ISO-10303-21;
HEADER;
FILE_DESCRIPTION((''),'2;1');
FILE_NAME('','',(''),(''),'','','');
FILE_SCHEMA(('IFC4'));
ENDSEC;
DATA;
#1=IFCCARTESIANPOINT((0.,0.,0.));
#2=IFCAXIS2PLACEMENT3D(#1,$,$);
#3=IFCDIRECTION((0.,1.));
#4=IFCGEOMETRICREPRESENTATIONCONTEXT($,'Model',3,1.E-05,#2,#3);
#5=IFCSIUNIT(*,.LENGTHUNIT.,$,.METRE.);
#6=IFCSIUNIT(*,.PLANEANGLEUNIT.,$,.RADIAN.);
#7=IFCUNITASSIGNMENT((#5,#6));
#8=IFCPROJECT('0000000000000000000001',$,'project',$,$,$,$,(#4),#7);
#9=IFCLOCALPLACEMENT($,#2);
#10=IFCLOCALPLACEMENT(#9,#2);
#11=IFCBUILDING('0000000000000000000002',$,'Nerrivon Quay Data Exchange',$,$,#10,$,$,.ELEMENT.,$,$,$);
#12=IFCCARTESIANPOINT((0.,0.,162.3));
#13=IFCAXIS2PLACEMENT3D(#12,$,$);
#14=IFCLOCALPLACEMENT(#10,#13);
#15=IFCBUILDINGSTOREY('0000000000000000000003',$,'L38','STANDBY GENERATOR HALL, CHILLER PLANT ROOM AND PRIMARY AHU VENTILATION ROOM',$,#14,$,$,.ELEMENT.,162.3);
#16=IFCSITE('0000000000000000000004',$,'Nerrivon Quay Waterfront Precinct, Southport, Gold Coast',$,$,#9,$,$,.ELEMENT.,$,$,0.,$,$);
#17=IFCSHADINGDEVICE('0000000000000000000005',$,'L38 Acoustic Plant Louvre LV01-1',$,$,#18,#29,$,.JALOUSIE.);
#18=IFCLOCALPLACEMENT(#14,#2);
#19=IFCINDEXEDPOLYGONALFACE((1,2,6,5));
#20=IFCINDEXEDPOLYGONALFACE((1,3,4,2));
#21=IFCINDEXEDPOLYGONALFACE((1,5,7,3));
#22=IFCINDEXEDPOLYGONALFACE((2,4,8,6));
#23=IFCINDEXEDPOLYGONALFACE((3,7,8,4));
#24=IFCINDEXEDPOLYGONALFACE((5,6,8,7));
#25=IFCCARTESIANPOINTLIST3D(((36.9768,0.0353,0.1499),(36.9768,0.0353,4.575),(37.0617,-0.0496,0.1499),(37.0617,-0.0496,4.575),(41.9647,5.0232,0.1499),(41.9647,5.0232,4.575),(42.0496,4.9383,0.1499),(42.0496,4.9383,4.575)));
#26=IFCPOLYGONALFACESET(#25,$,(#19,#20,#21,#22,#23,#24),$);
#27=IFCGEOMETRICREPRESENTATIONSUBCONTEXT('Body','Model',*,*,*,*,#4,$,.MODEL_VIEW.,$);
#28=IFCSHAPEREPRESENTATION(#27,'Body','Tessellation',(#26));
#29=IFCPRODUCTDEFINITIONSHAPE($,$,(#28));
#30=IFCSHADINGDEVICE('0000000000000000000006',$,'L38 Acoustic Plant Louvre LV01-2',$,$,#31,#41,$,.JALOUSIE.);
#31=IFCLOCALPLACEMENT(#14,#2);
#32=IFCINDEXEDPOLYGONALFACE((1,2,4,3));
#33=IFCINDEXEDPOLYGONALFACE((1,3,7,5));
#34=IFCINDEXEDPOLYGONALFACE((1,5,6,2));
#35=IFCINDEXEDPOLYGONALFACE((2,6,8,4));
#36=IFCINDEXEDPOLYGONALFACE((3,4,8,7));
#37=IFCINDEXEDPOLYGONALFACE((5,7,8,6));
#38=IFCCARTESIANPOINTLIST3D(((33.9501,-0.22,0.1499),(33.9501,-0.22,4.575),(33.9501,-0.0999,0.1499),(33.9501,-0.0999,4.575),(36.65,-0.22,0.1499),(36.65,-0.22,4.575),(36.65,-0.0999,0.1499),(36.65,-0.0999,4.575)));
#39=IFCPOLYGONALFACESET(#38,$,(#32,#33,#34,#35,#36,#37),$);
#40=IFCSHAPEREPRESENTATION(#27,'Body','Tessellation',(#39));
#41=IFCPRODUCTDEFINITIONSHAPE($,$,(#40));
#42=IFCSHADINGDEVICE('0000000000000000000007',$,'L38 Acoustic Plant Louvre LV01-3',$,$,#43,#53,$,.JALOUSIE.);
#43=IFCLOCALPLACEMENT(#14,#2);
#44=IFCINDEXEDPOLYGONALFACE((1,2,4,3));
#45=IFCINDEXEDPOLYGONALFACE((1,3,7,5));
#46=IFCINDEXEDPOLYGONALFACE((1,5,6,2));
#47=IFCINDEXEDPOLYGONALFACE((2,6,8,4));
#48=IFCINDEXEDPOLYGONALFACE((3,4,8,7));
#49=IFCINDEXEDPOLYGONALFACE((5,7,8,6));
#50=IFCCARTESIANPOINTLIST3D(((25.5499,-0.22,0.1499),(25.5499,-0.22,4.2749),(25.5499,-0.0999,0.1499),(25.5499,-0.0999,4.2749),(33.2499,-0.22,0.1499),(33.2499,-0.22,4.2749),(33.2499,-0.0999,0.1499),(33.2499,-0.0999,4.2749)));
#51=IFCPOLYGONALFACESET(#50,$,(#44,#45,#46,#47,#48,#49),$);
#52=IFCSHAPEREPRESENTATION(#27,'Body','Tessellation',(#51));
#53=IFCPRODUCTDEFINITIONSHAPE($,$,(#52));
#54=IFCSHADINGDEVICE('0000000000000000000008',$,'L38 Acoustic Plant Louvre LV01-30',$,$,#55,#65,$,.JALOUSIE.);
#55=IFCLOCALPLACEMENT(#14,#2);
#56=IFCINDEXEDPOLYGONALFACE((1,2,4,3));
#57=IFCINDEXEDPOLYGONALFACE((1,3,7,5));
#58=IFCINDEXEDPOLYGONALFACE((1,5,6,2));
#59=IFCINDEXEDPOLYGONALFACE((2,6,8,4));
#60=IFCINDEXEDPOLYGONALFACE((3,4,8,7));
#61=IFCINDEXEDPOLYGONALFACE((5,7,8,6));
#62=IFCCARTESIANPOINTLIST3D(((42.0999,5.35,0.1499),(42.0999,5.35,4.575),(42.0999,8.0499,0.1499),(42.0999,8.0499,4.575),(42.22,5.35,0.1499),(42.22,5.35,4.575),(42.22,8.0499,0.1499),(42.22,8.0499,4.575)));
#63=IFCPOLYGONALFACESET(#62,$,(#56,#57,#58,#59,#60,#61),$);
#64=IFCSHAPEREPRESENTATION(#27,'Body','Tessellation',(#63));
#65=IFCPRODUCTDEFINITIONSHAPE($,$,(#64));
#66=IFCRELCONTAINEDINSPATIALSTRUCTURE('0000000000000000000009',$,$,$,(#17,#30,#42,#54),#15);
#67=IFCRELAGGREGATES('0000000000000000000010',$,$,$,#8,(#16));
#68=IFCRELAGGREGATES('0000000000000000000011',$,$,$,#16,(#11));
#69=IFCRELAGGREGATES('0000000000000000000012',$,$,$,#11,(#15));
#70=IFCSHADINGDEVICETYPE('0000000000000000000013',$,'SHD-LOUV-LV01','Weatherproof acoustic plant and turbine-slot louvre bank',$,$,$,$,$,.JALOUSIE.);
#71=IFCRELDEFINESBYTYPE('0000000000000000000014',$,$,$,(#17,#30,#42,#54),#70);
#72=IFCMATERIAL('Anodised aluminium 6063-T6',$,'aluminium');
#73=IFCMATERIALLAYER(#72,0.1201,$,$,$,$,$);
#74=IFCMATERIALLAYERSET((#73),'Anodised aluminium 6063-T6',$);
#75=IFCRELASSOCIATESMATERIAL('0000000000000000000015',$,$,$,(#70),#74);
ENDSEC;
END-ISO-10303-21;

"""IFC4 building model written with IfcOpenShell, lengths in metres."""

from ifc_helpers import new_model, si_unit, direction, frame, origin, origin_2d, place, context, subcontext, project, spatial, rectangle, extrude, material, layer, layer_set, type_object, element, save


model = new_model("IFC4")

# Units and contexts
model_context = context("Model", 3, precision=1e-05, world=origin(), true_north=direction((0.0, 1.0)))
body_context = subcontext(model_context, "Body", "Model", "MODEL_VIEW")
ifc_project = project(units=[si_unit("LENGTHUNIT", "METRE"), si_unit("PLANEANGLEUNIT", "RADIAN")], contexts=[model_context])

# Site, building, storey
site_placement = place(None, origin())
site = spatial("IfcSite", under=ifc_project, at=site_placement, Name="Nerrivon Quay Waterfront Precinct, Southport, Gold Coast", CompositionType="ELEMENT", RefElevation=0.0)
building_placement = place(site_placement, origin())
building = spatial("IfcBuilding", under=site, at=building_placement, Name="Nerrivon Quay Data Exchange", CompositionType="ELEMENT")
storey_placement = place(building_placement, frame((0.0, 0.0, 162.3)))
storey = spatial("IfcBuildingStorey", under=building, at=storey_placement, Name="L38", Description="STANDBY GENERATOR HALL, CHILLER PLANT ROOM AND PRIMARY AHU VENTILATION ROOM", CompositionType="ELEMENT", Elevation=162.3)

# Shading devices
ifc_material_1 = material(Name="Anodised aluminium 6063-T6", Category="aluminium")
ifc_layer_1 = layer(ifc_material_1, 0.1201)
ifc_layer_set_1 = layer_set([ifc_layer_1], Name="Anodised aluminium 6063-T6")
shading_device_type = type_object("IfcShadingDeviceType", Name="SHD-LOUV-LV01", Description="Weatherproof acoustic plant and turbine-slot louvre bank", PredefinedType="JALOUSIE", material=ifc_layer_set_1)
shading_device_1_placement = place(storey_placement, frame((39.5132, 2.4868, 0.1499), z_axis=(0.0, 0.0, 1.0), x_axis=(-0.707107, -0.707107, 0.0)))
element("IfcShadingDevice", 1, at=shading_device_1_placement, inside=storey, type_object=shading_device_type, Name="L38 Acoustic Plant Louvre LV01-1", PredefinedType="JALOUSIE", context=body_context, shape_type="SweptSolid", body=[
    extrude(rectangle(XDim=7.054, YDim=0.1201, at=origin_2d()), origin(), (0.0, 0.0, 1.0), 4.425),
])
shading_device_2_placement = place(storey_placement, frame((35.3, -0.1599, 0.1499), z_axis=(0.0, 0.0, 1.0), x_axis=(-1.0, 0.0, 0.0)))
element("IfcShadingDevice", 2, at=shading_device_2_placement, inside=storey, type_object=shading_device_type, Name="L38 Acoustic Plant Louvre LV01-2", PredefinedType="JALOUSIE", context=body_context, shape_type="SweptSolid", body=[
    extrude(rectangle(XDim=2.7, YDim=0.1201, at=origin_2d()), origin(), (0.0, 0.0, 1.0), 4.425),
])
shading_device_3_placement = place(storey_placement, frame((29.3999, -0.1599, 0.1499), z_axis=(0.0, 0.0, 1.0), x_axis=(-1.0, 0.0, 0.0)))
element("IfcShadingDevice", 3, at=shading_device_3_placement, inside=storey, type_object=shading_device_type, Name="L38 Acoustic Plant Louvre LV01-3", PredefinedType="JALOUSIE", context=body_context, shape_type="SweptSolid", body=[
    extrude(rectangle(XDim=7.7, YDim=0.1201, at=origin_2d()), origin(), (0.0, 0.0, 1.0), 4.125),
])
shading_device_4_placement = place(storey_placement, frame((42.1599, 6.7, 0.1499), z_axis=(0.0, 0.0, 1.0), x_axis=(0.0, -1.0, 0.0)))
element("IfcShadingDevice", 4, at=shading_device_4_placement, inside=storey, type_object=shading_device_type, Name="L38 Acoustic Plant Louvre LV01-30", PredefinedType="JALOUSIE", context=body_context, shape_type="SweptSolid", body=[
    extrude(rectangle(XDim=2.7, YDim=0.1201, at=origin_2d()), origin(), (0.0, 0.0, 1.0), 4.425),
])

save(model, "model.ifc")
